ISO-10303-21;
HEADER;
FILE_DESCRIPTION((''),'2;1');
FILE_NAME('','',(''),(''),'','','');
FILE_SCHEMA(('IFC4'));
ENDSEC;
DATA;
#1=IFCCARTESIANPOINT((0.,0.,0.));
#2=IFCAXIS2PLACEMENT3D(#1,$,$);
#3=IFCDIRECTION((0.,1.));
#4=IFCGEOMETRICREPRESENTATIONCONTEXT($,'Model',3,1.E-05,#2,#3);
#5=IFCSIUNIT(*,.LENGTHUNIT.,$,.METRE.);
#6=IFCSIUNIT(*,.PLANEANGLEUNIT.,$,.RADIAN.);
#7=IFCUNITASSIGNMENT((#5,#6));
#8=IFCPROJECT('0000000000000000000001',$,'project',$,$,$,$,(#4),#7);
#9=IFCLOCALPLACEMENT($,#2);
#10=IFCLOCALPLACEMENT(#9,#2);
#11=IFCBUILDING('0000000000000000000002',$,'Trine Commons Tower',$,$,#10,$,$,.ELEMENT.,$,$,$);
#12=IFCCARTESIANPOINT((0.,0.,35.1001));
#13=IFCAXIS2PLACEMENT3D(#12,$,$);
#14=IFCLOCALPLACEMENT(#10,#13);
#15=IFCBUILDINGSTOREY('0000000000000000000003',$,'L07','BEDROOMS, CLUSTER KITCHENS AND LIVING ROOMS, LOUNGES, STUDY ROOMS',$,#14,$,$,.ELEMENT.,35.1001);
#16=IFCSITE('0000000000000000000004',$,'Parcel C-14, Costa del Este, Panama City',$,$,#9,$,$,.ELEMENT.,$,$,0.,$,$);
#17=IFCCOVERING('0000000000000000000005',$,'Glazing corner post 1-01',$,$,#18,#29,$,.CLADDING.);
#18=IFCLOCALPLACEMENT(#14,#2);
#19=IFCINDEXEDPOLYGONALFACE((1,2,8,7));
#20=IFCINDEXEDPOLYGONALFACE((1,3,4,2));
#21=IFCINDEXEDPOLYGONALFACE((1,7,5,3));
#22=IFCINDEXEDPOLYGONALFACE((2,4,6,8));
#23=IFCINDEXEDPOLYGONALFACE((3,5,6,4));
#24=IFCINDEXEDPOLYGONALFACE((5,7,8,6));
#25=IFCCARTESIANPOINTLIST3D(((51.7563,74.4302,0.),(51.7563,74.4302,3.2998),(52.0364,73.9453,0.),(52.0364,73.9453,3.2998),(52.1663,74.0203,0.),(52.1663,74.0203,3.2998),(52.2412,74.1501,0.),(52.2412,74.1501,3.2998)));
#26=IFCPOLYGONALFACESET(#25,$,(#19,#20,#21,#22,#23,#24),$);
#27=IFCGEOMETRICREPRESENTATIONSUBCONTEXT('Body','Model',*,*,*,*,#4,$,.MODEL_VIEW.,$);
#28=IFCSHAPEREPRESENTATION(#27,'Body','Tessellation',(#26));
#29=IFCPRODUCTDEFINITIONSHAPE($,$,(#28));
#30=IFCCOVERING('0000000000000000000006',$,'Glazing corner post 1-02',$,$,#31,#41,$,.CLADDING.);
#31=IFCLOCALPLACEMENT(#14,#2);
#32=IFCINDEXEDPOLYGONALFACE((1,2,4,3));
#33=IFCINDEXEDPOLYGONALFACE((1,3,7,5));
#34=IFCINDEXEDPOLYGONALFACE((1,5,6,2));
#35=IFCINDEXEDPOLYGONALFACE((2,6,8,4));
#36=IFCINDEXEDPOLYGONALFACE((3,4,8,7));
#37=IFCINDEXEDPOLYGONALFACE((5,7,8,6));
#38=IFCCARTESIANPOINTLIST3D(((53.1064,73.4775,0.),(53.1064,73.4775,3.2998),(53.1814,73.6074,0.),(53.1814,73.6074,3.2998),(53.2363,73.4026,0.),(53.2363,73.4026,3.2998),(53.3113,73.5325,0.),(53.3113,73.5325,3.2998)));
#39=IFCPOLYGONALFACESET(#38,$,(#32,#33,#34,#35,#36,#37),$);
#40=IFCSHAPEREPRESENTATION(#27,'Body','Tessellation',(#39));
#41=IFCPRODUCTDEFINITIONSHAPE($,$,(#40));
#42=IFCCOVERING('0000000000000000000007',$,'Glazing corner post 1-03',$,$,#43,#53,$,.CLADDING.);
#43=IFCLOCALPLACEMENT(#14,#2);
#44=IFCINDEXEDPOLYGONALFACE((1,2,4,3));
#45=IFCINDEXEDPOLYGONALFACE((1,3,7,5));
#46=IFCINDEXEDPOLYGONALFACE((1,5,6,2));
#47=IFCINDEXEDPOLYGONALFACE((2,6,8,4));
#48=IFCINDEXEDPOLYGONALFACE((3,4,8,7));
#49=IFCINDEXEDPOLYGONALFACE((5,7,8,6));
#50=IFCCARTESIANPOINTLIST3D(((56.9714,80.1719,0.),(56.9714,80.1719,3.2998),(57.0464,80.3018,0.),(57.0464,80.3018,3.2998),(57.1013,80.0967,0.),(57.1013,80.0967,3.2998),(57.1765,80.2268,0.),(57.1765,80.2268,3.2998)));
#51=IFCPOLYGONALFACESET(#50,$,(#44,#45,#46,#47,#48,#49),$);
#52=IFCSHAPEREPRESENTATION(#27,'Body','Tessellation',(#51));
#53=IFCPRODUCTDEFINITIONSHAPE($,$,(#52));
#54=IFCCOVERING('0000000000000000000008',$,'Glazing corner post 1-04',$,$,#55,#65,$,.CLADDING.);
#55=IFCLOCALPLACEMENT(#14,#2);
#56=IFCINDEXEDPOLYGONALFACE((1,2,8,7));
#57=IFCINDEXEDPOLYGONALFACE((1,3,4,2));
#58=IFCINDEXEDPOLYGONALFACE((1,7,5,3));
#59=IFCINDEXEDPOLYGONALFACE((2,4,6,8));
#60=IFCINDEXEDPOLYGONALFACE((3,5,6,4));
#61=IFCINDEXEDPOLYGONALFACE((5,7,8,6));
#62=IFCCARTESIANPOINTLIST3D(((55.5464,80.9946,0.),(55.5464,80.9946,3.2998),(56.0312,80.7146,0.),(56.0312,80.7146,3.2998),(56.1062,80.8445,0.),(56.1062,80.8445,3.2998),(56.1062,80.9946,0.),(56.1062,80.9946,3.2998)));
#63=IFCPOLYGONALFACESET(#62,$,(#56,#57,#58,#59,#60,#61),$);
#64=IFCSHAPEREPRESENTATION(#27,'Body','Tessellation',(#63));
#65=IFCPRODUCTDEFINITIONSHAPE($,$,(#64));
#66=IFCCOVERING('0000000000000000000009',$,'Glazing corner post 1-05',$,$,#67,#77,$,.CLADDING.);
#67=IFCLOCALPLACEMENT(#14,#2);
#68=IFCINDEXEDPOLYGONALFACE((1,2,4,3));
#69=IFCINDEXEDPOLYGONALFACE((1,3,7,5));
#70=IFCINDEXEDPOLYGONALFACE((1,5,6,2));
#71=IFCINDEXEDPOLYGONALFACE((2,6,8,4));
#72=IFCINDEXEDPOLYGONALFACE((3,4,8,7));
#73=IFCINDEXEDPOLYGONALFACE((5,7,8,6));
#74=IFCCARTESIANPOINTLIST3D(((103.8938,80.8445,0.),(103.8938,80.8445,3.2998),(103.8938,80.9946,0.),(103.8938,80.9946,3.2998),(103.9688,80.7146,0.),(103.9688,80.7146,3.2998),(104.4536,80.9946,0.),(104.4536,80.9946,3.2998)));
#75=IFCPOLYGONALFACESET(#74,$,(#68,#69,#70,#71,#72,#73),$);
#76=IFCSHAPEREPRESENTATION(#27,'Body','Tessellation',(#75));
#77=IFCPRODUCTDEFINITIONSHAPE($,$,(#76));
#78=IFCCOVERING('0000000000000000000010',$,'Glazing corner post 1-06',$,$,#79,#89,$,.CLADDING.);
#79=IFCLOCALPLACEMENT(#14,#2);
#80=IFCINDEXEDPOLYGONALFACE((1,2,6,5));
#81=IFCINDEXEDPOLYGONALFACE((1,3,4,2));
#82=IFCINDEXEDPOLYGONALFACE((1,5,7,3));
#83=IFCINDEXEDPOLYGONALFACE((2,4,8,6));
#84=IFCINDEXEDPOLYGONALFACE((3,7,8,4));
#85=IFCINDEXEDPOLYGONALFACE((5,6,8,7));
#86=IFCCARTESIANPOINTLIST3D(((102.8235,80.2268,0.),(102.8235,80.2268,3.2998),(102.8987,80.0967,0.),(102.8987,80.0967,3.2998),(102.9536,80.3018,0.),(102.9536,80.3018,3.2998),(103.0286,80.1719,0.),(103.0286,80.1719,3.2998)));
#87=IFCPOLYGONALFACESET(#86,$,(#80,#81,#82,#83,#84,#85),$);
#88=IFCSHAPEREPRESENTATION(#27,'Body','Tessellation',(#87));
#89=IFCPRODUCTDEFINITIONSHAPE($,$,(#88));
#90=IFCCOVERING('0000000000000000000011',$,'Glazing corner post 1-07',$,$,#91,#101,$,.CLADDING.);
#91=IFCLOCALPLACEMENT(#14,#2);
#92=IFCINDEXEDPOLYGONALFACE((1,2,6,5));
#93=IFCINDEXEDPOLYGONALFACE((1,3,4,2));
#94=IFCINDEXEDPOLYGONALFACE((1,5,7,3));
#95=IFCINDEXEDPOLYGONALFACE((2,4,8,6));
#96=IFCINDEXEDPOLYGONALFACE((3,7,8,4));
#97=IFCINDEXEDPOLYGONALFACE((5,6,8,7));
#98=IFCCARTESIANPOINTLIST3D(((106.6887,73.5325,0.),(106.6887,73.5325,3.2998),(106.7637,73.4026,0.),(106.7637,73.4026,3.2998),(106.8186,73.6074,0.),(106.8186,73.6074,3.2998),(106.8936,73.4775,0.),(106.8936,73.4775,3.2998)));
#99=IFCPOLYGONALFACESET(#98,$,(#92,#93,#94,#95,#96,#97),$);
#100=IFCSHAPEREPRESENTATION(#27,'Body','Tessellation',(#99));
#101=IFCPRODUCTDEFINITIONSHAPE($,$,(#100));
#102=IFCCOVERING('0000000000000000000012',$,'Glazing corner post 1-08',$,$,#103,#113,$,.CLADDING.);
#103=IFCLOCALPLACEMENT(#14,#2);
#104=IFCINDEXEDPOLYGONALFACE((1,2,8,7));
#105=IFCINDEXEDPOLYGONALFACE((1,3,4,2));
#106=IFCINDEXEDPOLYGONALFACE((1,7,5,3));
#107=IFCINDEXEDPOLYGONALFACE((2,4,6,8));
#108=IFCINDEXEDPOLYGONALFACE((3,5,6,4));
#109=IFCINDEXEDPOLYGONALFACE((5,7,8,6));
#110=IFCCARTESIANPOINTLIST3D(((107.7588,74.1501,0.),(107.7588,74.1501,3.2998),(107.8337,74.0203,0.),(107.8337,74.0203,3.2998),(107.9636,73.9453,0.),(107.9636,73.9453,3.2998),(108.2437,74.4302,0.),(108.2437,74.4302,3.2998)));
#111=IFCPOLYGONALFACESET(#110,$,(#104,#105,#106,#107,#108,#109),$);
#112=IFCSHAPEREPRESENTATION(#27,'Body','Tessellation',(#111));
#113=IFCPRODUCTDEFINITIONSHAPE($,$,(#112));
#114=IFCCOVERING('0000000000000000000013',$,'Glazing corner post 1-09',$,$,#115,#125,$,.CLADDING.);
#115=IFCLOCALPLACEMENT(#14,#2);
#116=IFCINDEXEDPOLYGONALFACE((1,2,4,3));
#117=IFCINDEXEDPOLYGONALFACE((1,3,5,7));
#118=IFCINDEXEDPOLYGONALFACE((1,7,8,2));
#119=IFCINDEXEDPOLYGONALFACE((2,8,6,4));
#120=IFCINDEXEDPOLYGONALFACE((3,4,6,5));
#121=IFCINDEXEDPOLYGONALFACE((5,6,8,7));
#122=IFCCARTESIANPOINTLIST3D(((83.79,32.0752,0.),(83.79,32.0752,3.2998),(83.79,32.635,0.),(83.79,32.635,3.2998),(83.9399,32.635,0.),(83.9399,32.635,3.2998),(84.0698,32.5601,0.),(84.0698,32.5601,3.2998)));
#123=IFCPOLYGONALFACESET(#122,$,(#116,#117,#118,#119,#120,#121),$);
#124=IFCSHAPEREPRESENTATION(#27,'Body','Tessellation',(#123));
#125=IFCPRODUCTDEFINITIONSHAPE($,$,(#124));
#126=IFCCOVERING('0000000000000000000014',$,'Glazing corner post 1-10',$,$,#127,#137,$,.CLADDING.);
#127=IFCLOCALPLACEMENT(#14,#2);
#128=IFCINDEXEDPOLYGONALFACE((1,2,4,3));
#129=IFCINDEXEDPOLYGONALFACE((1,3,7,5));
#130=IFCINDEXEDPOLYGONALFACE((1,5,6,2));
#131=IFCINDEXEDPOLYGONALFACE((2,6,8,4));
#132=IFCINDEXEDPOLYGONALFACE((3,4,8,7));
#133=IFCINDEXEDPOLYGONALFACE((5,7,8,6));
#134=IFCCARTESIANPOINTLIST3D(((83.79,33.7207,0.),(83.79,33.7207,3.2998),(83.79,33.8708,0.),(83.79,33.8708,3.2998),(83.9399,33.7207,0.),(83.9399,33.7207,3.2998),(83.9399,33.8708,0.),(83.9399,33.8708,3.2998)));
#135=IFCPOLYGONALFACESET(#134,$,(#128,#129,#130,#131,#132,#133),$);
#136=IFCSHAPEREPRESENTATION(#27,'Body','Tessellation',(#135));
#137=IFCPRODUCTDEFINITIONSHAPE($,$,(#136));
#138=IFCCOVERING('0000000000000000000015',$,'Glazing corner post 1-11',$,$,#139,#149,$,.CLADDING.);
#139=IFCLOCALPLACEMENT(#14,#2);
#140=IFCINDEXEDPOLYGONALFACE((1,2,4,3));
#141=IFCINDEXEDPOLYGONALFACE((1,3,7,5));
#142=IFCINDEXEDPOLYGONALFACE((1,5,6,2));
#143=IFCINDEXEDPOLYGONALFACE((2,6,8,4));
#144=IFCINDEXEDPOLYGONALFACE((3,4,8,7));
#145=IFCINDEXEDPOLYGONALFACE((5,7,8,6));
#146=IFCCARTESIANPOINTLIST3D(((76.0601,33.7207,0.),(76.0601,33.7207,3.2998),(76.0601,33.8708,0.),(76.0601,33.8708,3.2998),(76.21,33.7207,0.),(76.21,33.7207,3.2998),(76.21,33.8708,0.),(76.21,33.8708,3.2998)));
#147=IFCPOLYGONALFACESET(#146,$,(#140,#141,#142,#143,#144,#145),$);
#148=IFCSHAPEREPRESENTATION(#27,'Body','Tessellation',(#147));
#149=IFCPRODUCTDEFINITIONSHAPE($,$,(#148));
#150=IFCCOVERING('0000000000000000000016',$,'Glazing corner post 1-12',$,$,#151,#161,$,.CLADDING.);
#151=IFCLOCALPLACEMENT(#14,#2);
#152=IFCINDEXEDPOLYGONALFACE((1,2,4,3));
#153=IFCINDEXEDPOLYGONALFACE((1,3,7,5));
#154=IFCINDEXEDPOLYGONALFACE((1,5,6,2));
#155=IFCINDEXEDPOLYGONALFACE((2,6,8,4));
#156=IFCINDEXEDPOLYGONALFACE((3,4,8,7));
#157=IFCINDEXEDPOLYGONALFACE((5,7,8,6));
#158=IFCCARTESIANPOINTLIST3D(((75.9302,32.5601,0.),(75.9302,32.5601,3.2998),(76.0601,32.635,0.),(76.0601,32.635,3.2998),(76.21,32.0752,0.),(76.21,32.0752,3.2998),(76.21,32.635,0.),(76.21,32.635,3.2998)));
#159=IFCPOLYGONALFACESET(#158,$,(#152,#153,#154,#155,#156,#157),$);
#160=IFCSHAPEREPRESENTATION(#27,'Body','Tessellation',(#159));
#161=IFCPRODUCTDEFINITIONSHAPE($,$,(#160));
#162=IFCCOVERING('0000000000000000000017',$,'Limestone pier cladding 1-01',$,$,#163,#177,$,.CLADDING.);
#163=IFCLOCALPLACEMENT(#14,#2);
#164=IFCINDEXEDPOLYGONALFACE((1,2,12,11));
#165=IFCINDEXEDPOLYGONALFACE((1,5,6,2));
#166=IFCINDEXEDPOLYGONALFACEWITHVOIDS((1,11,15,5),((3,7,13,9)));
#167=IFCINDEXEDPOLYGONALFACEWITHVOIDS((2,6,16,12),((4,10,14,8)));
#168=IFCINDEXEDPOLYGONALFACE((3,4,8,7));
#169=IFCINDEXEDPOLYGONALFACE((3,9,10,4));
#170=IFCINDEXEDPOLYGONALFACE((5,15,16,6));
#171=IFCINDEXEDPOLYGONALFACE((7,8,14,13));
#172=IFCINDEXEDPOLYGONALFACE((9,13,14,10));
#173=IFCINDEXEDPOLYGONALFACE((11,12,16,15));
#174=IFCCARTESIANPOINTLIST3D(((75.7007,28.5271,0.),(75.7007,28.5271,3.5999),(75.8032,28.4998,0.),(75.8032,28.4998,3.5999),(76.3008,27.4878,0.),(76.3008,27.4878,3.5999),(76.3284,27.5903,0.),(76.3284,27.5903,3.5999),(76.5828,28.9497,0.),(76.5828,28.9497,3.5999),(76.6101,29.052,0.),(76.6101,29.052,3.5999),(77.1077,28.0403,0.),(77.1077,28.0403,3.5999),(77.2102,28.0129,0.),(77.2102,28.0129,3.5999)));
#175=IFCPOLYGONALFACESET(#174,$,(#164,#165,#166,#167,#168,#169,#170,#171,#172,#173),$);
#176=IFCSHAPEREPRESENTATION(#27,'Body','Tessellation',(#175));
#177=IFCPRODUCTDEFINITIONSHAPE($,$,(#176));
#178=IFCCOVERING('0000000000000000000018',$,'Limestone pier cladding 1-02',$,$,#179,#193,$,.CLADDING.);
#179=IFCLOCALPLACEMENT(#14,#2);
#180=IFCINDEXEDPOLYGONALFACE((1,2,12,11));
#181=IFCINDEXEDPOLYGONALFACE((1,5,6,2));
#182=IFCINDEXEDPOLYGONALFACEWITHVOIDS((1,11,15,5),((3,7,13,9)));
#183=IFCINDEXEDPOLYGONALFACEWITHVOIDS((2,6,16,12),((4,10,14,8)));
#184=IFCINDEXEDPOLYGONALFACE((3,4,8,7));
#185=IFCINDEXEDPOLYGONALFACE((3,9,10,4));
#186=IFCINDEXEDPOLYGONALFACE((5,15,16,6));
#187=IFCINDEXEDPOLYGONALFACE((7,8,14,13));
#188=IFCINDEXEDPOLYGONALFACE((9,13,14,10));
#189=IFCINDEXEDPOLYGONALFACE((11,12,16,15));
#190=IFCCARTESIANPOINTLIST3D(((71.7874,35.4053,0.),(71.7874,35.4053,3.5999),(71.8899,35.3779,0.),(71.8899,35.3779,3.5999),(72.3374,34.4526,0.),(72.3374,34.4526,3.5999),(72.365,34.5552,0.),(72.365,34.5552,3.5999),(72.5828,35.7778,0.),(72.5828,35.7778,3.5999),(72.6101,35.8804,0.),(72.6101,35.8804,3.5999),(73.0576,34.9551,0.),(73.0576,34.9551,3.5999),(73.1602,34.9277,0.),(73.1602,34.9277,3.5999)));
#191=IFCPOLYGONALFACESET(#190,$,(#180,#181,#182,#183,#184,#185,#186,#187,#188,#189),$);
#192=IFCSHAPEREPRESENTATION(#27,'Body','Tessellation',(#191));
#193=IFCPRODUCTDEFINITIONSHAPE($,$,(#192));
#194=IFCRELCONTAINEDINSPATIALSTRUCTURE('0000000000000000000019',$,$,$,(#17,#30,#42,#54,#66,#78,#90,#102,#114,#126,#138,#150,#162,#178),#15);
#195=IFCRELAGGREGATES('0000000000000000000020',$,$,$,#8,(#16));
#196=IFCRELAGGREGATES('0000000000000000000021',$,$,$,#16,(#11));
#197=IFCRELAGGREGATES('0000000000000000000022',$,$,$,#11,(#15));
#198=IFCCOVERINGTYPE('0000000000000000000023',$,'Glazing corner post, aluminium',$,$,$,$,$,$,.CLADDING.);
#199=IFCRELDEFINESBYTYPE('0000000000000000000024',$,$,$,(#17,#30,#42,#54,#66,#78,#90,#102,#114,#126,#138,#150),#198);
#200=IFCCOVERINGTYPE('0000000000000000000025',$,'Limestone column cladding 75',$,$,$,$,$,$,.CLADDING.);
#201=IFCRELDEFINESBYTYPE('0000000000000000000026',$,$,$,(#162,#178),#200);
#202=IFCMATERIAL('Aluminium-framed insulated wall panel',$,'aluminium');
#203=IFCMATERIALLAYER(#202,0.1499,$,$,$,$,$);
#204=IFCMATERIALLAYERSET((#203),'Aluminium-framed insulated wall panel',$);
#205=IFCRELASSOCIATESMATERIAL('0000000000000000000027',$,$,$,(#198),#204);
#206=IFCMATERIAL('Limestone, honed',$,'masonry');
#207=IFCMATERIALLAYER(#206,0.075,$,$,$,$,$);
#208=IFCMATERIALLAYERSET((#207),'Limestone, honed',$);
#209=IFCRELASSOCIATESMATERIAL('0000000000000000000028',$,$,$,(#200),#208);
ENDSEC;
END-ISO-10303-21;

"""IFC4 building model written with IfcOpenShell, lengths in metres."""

from ifc_helpers import new_model, si_unit, direction, frame, origin, place, context, subcontext, project, spatial, polyline, outline, extrude, material, layer, layer_set, type_object, element, save


model = new_model("IFC4")

# Units and contexts
model_context = context("Model", 3, precision=1e-05, world=origin(), true_north=direction((0.0, 1.0)))
body_context = subcontext(model_context, "Body", "Model", "MODEL_VIEW")
ifc_project = project(units=[si_unit("LENGTHUNIT", "METRE"), si_unit("PLANEANGLEUNIT", "RADIAN")], contexts=[model_context])

# Site, building, storey
site_placement = place(None, origin())
site = spatial("IfcSite", under=ifc_project, at=site_placement, Name="Parcel C-14, Costa del Este, Panama City", CompositionType="ELEMENT", RefElevation=0.0)
building_placement = place(site_placement, origin())
building = spatial("IfcBuilding", under=site, at=building_placement, Name="Trine Commons Tower", CompositionType="ELEMENT")
storey_placement = place(building_placement, frame((0.0, 0.0, 35.1001)))
storey = spatial("IfcBuildingStorey", under=building, at=storey_placement, Name="L07", Description="BEDROOMS, CLUSTER KITCHENS AND LIVING ROOMS, LOUNGES, STUDY ROOMS", CompositionType="ELEMENT", Elevation=35.1001)

# Coverings
ifc_material_1 = material(Name="Aluminium-framed insulated wall panel", Category="aluminium")
ifc_layer_1 = layer(ifc_material_1, 0.1499)
ifc_layer_set_1 = layer_set([ifc_layer_1], Name="Aluminium-framed insulated wall panel")
covering_type_1 = type_object("IfcCoveringType", Name="Glazing corner post, aluminium", PredefinedType="CLADDING", material=ifc_layer_set_1)
covering_1_placement = place(storey_placement, origin())
element("IfcCovering", 1, at=covering_1_placement, inside=storey, type_object=covering_type_1, Name="Glazing corner post 1-01", PredefinedType="CLADDING", context=body_context, shape_type="SweptSolid", body=[
    extrude(outline(polyline([(51.7563, 74.4302), (51.7563, 74.4302), (52.0364, 73.9453), (52.1663, 74.0203), (52.1663, 74.0203), (52.1663, 74.0203), (52.1663, 74.0203), (52.2412, 74.1501), (51.7563, 74.4302)])), origin(), (0.0, 0.0, 1.0), 3.2998),
])
covering_2_placement = place(storey_placement, origin())
element("IfcCovering", 2, at=covering_2_placement, inside=storey, type_object=covering_type_1, Name="Glazing corner post 1-02", PredefinedType="CLADDING", context=body_context, shape_type="SweptSolid", body=[
    extrude(outline(polyline([(53.1064, 73.4775), (53.2363, 73.4026), (53.3113, 73.5325), (53.1814, 73.6074), (53.1064, 73.4775)])), origin(), (0.0, 0.0, 1.0), 3.2998),
])
covering_3_placement = place(storey_placement, origin())
element("IfcCovering", 3, at=covering_3_placement, inside=storey, type_object=covering_type_1, Name="Glazing corner post 1-03", PredefinedType="CLADDING", context=body_context, shape_type="SweptSolid", body=[
    extrude(outline(polyline([(57.1013, 80.0967), (57.1765, 80.2268), (57.0464, 80.3018), (56.9714, 80.1719), (57.1013, 80.0967)])), origin(), (0.0, 0.0, 1.0), 3.2998),
])
covering_4_placement = place(storey_placement, origin())
element("IfcCovering", 4, at=covering_4_placement, inside=storey, type_object=covering_type_1, Name="Glazing corner post 1-04", PredefinedType="CLADDING", context=body_context, shape_type="SweptSolid", body=[
    extrude(outline(polyline([(56.0312, 80.7146), (56.1062, 80.8445), (56.1062, 80.9946), (55.5464, 80.9946), (56.0312, 80.7146)])), origin(), (0.0, 0.0, 1.0), 3.2998),
])
covering_5_placement = place(storey_placement, origin())
element("IfcCovering", 5, at=covering_5_placement, inside=storey, type_object=covering_type_1, Name="Glazing corner post 1-05", PredefinedType="CLADDING", context=body_context, shape_type="SweptSolid", body=[
    extrude(outline(polyline([(103.9688, 80.7146), (104.4536, 80.9946), (103.8938, 80.9946), (103.8938, 80.8445), (103.9688, 80.7146)])), origin(), (0.0, 0.0, 1.0), 3.2998),
])
covering_6_placement = place(storey_placement, origin())
element("IfcCovering", 6, at=covering_6_placement, inside=storey, type_object=covering_type_1, Name="Glazing corner post 1-06", PredefinedType="CLADDING", context=body_context, shape_type="SweptSolid", body=[
    extrude(outline(polyline([(102.8987, 80.0967), (103.0286, 80.1719), (102.9536, 80.3018), (102.8235, 80.2268), (102.8987, 80.0967)])), origin(), (0.0, 0.0, 1.0), 3.2998),
])
covering_7_placement = place(storey_placement, origin())
element("IfcCovering", 7, at=covering_7_placement, inside=storey, type_object=covering_type_1, Name="Glazing corner post 1-07", PredefinedType="CLADDING", context=body_context, shape_type="SweptSolid", body=[
    extrude(outline(polyline([(106.6887, 73.5325), (106.7637, 73.4026), (106.8936, 73.4775), (106.8186, 73.6074), (106.6887, 73.5325)])), origin(), (0.0, 0.0, 1.0), 3.2998),
])
covering_8_placement = place(storey_placement, origin())
element("IfcCovering", 8, at=covering_8_placement, inside=storey, type_object=covering_type_1, Name="Glazing corner post 1-08", PredefinedType="CLADDING", context=body_context, shape_type="SweptSolid", body=[
    extrude(outline(polyline([(107.9636, 73.9453), (108.2437, 74.4302), (107.7588, 74.1501), (107.8337, 74.0203), (107.9636, 73.9453)])), origin(), (0.0, 0.0, 1.0), 3.2998),
])
covering_9_placement = place(storey_placement, origin())
element("IfcCovering", 9, at=covering_9_placement, inside=storey, type_object=covering_type_1, Name="Glazing corner post 1-09", PredefinedType="CLADDING", context=body_context, shape_type="SweptSolid", body=[
    extrude(outline(polyline([(83.79, 32.635), (83.79, 32.0752), (84.0698, 32.5601), (83.9399, 32.635), (83.9399, 32.635), (83.79, 32.635)])), origin(), (0.0, 0.0, 1.0), 3.2998),
])
covering_10_placement = place(storey_placement, origin())
element("IfcCovering", 10, at=covering_10_placement, inside=storey, type_object=covering_type_1, Name="Glazing corner post 1-10", PredefinedType="CLADDING", context=body_context, shape_type="SweptSolid", body=[
    extrude(outline(polyline([(83.9399, 33.7207), (83.9399, 33.8708), (83.79, 33.8708), (83.79, 33.7207), (83.9399, 33.7207)])), origin(), (0.0, 0.0, 1.0), 3.2998),
])
covering_11_placement = place(storey_placement, origin())
element("IfcCovering", 11, at=covering_11_placement, inside=storey, type_object=covering_type_1, Name="Glazing corner post 1-11", PredefinedType="CLADDING", context=body_context, shape_type="SweptSolid", body=[
    extrude(outline(polyline([(76.21, 33.8708), (76.0601, 33.8708), (76.0601, 33.7207), (76.21, 33.7207), (76.21, 33.8708)])), origin(), (0.0, 0.0, 1.0), 3.2998),
])
covering_12_placement = place(storey_placement, origin())
element("IfcCovering", 12, at=covering_12_placement, inside=storey, type_object=covering_type_1, Name="Glazing corner post 1-12", PredefinedType="CLADDING", context=body_context, shape_type="SweptSolid", body=[
    extrude(outline(polyline([(75.9302, 32.5601), (76.21, 32.0752), (76.21, 32.635), (76.0601, 32.635), (75.9302, 32.5601)])), origin(), (0.0, 0.0, 1.0), 3.2998),
])
ifc_material_2 = material(Name="Limestone, honed", Category="masonry")
ifc_layer_2 = layer(ifc_material_2, 0.075)
ifc_layer_set_2 = layer_set([ifc_layer_2], Name="Limestone, honed")
covering_type_2 = type_object("IfcCoveringType", Name="Limestone column cladding 75", PredefinedType="CLADDING", material=ifc_layer_set_2)
covering_13_placement = place(storey_placement, origin())
element("IfcCovering", 13, at=covering_13_placement, inside=storey, type_object=covering_type_2, Name="Limestone pier cladding 1-01", PredefinedType="CLADDING", context=body_context, shape_type="SweptSolid", body=[
    extrude(outline(polyline([(76.6101, 29.052), (75.7007, 28.5271), (76.3008, 27.4878), (77.2102, 28.0129), (76.6101, 29.052)]), holes=[polyline([(76.5828, 28.9497), (75.8032, 28.4998), (76.3284, 27.5903), (77.1077, 28.0403), (76.5828, 28.9497)])]), origin(), (0.0, 0.0, 1.0), 3.5999),
])
covering_14_placement = place(storey_placement, origin())
element("IfcCovering", 14, at=covering_14_placement, inside=storey, type_object=covering_type_2, Name="Limestone pier cladding 1-02", PredefinedType="CLADDING", context=body_context, shape_type="SweptSolid", body=[
    extrude(outline(polyline([(72.6101, 35.8804), (71.7874, 35.4053), (72.3374, 34.4526), (73.1602, 34.9277), (72.6101, 35.8804)]), holes=[polyline([(72.5828, 35.7778), (71.8899, 35.3779), (72.365, 34.5552), (73.0576, 34.9551), (72.5828, 35.7778)])]), origin(), (0.0, 0.0, 1.0), 3.5999),
])

save(model, "model.ifc")
